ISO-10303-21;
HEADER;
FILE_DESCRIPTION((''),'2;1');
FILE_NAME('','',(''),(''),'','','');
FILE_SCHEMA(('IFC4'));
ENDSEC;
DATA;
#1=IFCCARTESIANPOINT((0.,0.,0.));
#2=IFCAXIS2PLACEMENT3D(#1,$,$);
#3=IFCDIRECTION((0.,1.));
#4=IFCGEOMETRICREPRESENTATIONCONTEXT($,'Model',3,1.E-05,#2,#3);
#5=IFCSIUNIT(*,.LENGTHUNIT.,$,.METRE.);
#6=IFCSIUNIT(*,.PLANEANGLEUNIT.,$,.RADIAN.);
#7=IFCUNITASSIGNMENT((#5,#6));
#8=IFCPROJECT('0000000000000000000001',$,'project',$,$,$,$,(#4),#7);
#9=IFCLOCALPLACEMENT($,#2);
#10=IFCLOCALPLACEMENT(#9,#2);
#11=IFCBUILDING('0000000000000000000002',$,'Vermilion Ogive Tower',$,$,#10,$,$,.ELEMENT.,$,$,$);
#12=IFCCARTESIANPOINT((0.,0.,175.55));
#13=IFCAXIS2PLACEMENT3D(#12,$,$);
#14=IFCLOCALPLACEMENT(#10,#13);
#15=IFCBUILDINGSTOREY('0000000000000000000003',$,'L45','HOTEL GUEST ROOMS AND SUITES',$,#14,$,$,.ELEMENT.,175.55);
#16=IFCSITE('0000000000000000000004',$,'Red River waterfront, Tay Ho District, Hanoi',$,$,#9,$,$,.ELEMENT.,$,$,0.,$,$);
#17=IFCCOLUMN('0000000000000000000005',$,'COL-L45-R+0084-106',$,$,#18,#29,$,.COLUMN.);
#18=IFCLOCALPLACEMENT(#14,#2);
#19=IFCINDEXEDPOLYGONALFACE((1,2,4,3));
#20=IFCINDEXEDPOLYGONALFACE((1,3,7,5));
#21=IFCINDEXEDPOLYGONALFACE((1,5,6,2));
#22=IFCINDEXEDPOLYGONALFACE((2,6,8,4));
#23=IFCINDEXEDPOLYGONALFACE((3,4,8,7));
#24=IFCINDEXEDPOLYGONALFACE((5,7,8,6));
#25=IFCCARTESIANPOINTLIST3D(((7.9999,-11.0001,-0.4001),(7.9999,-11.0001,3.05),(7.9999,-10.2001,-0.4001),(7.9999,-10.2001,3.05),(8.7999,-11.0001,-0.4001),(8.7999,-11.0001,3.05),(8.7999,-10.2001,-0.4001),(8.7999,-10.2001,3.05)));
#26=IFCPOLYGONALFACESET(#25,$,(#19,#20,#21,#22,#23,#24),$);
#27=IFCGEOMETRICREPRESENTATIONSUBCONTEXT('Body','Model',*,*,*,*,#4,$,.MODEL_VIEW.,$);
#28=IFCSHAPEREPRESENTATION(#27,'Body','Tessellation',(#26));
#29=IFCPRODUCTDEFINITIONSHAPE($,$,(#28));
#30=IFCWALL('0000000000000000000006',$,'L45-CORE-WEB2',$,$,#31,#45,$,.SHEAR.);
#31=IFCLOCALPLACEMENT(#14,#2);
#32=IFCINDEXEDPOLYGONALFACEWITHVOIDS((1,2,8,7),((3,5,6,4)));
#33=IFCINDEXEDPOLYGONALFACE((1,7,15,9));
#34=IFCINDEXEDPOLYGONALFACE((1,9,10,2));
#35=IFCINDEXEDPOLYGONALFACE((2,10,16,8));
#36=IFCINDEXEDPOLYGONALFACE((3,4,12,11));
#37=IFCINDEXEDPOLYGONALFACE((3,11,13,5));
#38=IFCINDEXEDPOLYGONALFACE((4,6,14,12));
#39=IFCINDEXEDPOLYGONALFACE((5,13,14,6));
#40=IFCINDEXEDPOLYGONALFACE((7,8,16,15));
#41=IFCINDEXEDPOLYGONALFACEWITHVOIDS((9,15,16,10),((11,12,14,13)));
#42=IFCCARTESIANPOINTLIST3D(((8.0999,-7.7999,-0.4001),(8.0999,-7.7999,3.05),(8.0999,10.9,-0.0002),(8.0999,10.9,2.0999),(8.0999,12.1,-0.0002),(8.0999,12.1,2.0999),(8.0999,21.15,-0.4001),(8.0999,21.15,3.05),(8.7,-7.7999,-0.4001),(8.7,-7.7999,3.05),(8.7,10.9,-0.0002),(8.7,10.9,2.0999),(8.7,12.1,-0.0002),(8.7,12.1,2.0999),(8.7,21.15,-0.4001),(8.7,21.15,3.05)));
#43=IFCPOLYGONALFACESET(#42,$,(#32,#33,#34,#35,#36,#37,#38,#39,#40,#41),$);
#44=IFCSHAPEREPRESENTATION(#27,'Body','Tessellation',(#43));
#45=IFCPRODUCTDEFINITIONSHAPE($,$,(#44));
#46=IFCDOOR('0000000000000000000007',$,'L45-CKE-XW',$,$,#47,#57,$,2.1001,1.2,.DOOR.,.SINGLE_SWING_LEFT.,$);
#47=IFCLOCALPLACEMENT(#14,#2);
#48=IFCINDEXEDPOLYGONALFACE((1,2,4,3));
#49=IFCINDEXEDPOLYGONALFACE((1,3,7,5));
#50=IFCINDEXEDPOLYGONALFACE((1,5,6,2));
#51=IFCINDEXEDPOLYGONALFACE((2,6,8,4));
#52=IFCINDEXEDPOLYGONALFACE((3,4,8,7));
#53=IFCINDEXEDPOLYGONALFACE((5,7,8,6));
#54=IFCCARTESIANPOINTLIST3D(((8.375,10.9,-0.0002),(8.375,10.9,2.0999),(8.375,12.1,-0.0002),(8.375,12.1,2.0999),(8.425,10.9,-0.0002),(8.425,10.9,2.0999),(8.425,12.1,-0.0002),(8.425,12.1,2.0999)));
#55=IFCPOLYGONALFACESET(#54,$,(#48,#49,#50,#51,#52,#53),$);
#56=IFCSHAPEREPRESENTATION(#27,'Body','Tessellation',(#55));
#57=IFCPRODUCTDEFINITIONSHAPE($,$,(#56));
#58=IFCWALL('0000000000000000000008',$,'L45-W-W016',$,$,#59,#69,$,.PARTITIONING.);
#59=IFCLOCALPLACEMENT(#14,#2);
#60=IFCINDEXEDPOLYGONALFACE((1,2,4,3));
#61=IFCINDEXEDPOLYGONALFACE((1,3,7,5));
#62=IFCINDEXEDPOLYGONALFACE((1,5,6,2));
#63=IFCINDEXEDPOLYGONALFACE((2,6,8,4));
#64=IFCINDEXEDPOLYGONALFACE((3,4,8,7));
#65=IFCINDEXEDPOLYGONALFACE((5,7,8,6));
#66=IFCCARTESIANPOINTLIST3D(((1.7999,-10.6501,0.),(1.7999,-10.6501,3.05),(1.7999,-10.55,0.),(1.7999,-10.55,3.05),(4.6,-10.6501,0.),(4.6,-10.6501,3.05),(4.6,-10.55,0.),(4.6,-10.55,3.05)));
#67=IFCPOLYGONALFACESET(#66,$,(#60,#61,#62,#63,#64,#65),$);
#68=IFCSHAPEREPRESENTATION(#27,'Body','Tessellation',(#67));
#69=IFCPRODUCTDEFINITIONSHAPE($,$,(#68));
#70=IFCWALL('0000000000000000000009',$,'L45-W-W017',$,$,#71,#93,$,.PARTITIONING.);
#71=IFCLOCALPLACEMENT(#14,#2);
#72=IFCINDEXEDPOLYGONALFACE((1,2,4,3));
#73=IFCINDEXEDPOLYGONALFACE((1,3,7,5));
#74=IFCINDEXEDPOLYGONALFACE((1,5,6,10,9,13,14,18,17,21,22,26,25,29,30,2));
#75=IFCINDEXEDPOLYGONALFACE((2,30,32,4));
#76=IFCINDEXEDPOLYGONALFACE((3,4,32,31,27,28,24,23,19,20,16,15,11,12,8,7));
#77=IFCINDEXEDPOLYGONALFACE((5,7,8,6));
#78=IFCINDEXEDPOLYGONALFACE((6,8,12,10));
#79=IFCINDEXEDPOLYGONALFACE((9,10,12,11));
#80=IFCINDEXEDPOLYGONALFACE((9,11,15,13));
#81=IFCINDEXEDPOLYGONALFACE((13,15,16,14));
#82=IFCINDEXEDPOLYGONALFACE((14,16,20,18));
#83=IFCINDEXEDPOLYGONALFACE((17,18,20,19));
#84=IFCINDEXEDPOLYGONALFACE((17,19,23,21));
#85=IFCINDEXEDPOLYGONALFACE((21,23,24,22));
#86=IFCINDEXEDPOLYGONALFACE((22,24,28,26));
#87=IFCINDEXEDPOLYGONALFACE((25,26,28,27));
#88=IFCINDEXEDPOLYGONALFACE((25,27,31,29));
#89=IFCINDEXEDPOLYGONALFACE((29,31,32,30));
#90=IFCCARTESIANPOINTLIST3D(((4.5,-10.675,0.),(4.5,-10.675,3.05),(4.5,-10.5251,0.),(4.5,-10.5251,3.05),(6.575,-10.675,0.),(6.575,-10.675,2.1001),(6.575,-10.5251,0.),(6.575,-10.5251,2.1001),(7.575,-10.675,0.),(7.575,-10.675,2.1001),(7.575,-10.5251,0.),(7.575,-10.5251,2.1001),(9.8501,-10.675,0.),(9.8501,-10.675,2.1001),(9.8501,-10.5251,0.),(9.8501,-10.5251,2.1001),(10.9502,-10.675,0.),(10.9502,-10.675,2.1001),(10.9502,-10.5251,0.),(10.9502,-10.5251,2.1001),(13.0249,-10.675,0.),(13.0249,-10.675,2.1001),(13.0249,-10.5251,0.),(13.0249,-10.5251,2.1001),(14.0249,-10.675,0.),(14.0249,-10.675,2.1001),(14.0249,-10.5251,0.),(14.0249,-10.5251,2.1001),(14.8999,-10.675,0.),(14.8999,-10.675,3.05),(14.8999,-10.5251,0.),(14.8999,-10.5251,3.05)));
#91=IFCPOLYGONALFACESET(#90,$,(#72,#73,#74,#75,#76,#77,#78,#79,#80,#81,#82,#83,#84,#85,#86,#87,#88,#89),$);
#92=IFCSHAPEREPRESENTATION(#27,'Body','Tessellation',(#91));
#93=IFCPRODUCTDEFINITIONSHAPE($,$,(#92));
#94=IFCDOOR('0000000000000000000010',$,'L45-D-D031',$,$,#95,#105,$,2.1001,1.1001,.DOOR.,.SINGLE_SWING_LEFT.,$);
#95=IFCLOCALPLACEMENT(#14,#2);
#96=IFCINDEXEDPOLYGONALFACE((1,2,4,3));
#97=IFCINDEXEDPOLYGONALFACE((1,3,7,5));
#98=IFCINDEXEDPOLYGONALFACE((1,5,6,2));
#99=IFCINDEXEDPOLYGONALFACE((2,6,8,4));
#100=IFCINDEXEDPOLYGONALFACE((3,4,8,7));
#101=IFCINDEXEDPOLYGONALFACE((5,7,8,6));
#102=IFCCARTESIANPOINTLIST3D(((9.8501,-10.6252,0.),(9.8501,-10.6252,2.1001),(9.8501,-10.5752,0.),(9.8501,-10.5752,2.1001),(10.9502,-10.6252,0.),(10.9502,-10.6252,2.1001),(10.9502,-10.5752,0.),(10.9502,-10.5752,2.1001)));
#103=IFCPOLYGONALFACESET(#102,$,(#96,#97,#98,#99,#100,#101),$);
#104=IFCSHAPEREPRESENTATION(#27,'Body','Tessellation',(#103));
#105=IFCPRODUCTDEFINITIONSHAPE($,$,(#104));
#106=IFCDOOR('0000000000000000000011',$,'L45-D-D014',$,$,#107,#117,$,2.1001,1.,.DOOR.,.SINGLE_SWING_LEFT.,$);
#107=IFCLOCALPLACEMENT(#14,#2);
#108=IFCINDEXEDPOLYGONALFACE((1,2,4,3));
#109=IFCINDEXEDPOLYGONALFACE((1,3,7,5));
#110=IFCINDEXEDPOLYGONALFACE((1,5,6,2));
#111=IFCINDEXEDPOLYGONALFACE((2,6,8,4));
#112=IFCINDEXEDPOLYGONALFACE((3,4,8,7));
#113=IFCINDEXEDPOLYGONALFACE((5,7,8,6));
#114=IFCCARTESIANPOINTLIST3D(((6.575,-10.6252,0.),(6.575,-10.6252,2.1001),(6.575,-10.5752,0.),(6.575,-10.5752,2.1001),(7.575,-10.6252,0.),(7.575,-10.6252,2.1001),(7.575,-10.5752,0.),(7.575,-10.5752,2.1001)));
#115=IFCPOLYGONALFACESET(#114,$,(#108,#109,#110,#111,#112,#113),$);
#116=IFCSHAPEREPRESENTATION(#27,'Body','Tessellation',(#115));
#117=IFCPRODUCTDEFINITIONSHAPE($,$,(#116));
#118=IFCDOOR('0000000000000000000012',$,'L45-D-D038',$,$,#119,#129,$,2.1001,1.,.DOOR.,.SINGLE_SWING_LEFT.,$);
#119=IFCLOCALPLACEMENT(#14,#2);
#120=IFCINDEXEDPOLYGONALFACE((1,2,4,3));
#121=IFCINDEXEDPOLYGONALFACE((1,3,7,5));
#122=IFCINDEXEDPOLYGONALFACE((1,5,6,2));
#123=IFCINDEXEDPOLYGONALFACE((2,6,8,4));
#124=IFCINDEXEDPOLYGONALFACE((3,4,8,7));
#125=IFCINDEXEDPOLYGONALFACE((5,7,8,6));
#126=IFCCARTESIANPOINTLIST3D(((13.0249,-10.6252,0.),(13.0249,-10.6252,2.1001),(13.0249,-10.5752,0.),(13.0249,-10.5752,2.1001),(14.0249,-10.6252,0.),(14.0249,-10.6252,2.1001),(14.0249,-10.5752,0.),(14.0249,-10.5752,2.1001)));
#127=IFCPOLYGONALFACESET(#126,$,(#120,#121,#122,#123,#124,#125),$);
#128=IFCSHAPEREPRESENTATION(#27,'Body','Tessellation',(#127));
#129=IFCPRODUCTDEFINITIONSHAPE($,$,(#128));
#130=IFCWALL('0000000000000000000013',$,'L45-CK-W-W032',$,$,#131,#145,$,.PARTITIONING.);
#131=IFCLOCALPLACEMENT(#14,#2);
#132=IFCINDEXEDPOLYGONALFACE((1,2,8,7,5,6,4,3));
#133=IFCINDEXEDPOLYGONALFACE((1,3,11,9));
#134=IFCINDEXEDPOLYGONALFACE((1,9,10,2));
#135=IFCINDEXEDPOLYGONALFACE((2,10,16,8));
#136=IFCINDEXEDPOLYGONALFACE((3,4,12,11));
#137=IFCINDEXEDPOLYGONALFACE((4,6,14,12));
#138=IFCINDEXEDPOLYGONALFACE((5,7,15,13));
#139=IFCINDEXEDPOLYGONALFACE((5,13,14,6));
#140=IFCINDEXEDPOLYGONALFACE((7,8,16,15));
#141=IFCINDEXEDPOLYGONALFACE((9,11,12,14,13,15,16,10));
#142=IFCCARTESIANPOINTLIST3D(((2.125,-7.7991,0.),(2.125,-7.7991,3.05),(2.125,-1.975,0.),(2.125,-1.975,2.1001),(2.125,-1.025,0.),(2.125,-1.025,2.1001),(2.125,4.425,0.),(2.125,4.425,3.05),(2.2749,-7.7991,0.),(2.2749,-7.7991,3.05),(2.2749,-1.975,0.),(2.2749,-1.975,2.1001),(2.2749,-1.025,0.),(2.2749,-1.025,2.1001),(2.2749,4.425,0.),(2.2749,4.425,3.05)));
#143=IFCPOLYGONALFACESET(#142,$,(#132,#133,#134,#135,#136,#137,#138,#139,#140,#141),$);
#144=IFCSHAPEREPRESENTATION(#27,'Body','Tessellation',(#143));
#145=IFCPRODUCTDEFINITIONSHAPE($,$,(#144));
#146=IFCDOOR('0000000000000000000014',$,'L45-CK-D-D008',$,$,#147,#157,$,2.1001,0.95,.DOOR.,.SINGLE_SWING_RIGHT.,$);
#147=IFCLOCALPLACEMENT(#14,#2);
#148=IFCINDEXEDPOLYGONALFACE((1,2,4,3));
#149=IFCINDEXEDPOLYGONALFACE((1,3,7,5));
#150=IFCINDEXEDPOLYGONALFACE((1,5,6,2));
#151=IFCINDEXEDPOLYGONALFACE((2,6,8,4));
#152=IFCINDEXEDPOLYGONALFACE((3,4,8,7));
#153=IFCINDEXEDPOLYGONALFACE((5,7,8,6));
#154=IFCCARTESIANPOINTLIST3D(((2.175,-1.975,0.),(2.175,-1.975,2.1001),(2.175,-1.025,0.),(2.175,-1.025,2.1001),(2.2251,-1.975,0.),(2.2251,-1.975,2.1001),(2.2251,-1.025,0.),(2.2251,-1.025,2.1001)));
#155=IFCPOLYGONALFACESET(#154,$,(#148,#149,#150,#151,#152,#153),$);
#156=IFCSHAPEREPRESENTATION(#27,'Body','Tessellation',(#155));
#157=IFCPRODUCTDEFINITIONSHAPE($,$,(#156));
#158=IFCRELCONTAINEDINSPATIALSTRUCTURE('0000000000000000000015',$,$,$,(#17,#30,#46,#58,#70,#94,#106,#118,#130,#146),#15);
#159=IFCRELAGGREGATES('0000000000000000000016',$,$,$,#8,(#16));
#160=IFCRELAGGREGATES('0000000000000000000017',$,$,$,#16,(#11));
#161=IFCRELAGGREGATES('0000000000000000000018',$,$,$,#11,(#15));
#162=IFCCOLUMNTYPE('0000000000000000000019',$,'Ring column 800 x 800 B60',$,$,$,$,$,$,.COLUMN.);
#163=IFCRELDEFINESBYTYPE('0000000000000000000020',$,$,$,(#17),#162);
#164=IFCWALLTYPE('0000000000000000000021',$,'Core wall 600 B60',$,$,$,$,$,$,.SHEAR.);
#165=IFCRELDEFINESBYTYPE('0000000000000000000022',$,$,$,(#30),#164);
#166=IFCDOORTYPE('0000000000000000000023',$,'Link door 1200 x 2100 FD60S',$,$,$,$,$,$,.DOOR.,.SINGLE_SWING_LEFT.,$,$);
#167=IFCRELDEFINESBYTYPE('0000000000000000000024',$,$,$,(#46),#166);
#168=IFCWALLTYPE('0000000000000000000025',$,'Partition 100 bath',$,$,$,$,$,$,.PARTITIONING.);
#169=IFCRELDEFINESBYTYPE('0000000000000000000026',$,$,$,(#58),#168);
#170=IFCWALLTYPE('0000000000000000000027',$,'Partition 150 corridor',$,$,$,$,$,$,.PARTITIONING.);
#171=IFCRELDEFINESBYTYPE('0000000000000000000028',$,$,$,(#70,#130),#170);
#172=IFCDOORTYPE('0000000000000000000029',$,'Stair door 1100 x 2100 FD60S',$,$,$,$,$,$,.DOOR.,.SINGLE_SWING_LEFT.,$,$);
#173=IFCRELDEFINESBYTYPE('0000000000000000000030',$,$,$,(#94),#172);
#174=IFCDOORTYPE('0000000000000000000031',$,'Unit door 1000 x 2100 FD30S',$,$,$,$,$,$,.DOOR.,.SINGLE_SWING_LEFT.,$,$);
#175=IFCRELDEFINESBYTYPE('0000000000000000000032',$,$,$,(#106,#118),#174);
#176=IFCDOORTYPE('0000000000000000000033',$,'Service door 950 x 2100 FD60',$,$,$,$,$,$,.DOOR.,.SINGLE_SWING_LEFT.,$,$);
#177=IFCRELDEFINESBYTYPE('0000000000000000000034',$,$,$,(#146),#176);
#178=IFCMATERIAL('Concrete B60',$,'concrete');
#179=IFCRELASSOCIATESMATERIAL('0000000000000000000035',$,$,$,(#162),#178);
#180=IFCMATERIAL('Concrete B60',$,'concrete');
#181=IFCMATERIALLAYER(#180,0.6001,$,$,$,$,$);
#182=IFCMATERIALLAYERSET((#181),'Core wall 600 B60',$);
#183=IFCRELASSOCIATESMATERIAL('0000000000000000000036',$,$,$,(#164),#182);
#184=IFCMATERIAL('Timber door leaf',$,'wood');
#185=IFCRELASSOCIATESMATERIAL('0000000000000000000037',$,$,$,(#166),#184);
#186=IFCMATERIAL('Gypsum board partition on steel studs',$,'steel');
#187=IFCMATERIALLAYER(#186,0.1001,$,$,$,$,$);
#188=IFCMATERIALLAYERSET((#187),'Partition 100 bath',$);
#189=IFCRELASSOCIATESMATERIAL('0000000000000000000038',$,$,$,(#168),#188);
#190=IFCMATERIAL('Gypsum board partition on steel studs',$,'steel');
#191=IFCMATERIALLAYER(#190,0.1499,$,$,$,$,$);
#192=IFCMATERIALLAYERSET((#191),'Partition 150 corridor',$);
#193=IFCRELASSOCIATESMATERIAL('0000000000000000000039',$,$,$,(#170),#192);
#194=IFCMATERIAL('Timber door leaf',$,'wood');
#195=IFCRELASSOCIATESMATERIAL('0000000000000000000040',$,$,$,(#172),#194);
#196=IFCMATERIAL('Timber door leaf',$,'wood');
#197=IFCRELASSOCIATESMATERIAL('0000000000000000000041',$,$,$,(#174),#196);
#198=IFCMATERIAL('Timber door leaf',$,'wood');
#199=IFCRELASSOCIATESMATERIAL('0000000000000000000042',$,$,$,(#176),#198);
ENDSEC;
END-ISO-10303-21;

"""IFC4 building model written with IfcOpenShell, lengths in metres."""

from ifc_helpers import new_model, si_unit, direction, frame, frame_2d, origin, origin_2d, place, context, subcontext, project, spatial, rectangle, extrude, material, layer, layer_set, material_profile, profile_set, type_object, element, fill, save


model = new_model("IFC4")

# Units and contexts
model_context = context("Model", 3, precision=1e-05, world=origin(), true_north=direction((0.0, 1.0)))
body_context = subcontext(model_context, "Body", "Model", "MODEL_VIEW")
ifc_project = project(units=[si_unit("LENGTHUNIT", "METRE"), si_unit("PLANEANGLEUNIT", "RADIAN")], contexts=[model_context])

# Site, building, storey
site_placement = place(None, origin())
site = spatial("IfcSite", under=ifc_project, at=site_placement, Name="Red River waterfront, Tay Ho District, Hanoi", CompositionType="ELEMENT", RefElevation=0.0)
building_placement = place(site_placement, origin())
building = spatial("IfcBuilding", under=site, at=building_placement, Name="Vermilion Ogive Tower", CompositionType="ELEMENT")
storey_placement = place(building_placement, frame((0.0, 0.0, 175.55)))
storey = spatial("IfcBuildingStorey", under=building, at=storey_placement, Name="L45", Description="HOTEL GUEST ROOMS AND SUITES", CompositionType="ELEMENT", Elevation=175.55)

# Column
ifc_material_1 = material(Name="Concrete B60", Category="concrete")
ifc_material_profile = material_profile(ifc_material_1, rectangle(XDim=0.8, YDim=0.8, at=origin_2d()), Name="800 x 800")
ifc_profile_set = profile_set([ifc_material_profile], Name="Concrete B60")
column_type = type_object("IfcColumnType", Name="Ring column 800 x 800 B60", PredefinedType="COLUMN", material=ifc_profile_set)
column_placement = place(storey_placement, frame((8.3999, -10.6001, -0.4001), z_axis=(0.0, 0.0, 1.0), x_axis=(1.0, 0.0, 0.0)))
element("IfcColumn", 1, at=column_placement, inside=storey, type_object=column_type, Name="COL-L45-R+0084-106", PredefinedType="COLUMN", context=body_context, shape_type="SweptSolid", body=[
    extrude(rectangle(XDim=0.8, YDim=0.8, at=origin_2d()), origin(), (0.0, 0.0, 1.0), 3.4502),
])

# Wall, opening, door
ifc_material_2 = material(Name="Concrete B60", Category="concrete")
ifc_layer_1 = layer(ifc_material_2, 0.6001)
ifc_layer_set_1 = layer_set([ifc_layer_1], Name="Core wall 600 B60")
wall_type_1 = type_object("IfcWallType", Name="Core wall 600 B60", PredefinedType="SHEAR", material=ifc_layer_set_1)
wall_1_placement = place(storey_placement, frame((8.3999, -7.8, -0.4001), z_axis=(0.0, 0.0, 1.0), x_axis=(0.0, 1.0, 0.0)))
wall_1 = element("IfcWall", 2, at=wall_1_placement, inside=storey, type_object=wall_type_1, Name="L45-CORE-WEB2", PredefinedType="SHEAR", context=body_context, shape_type="SweptSolid", body=[
    extrude(rectangle(XDim=28.95, YDim=0.6001, at=frame_2d((14.4751, 0.0))), origin(), (0.0, 0.0, 1.0), 3.4502),
])
opening_1_placement = place(wall_1_placement, frame((18.7, 0.0, 0.3999)))
opening_1 = element("IfcOpeningElement", 3, at=opening_1_placement, cuts=wall_1, PredefinedType="OPENING", context=body_context, shape_type="SweptSolid", body=[
    extrude(rectangle(XDim=1.2, YDim=2.1001, at=frame_2d((0.6001, 1.05))), frame((0.0, 0.3101, 0.0), z_axis=(0.0, -1.0, 0.0), x_axis=(1.0, 0.0, 0.0)), (0.0, 0.0, 1.0), 0.6201),
])
ifc_material_3 = material(Name="Timber door leaf", Category="wood")
door_type_1 = type_object("IfcDoorType", Name="Link door 1200 x 2100 FD60S", OperationType="SINGLE_SWING_LEFT", PredefinedType="DOOR", material=ifc_material_3)
door_1_placement = place(opening_1_placement, origin())
door_1 = element("IfcDoor", 4, at=door_1_placement, inside=storey, type_object=door_type_1, Name="L45-CKE-XW", OperationType="SINGLE_SWING_LEFT", OverallHeight=2.1001, OverallWidth=1.2, PredefinedType="DOOR", context=body_context, shape_type="SweptSolid", body=[
    extrude(rectangle(XDim=1.2, YDim=2.1001, at=frame_2d((0.6001, 1.05))), frame((0.0, 0.0249, 0.0), z_axis=(0.0, -1.0, 0.0), x_axis=(1.0, 0.0, 0.0)), (0.0, 0.0, 1.0), 0.05),
])
fill(opening_1, door_1)

# Wall
ifc_material_4 = material(Name="Gypsum board partition on steel studs", Category="steel")
ifc_layer_2 = layer(ifc_material_4, 0.1001)
ifc_layer_set_2 = layer_set([ifc_layer_2], Name="Partition 100 bath")
wall_type_2 = type_object("IfcWallType", Name="Partition 100 bath", PredefinedType="PARTITIONING", material=ifc_layer_set_2)
wall_2_placement = place(storey_placement, frame((1.8, -10.6001, 0.0), z_axis=(0.0, 0.0, 1.0), x_axis=(1.0, 0.0, 0.0)))
element("IfcWall", 5, at=wall_2_placement, inside=storey, type_object=wall_type_2, Name="L45-W-W016", PredefinedType="PARTITIONING", context=body_context, shape_type="SweptSolid", body=[
    extrude(rectangle(XDim=2.8, YDim=0.1001, at=frame_2d((1.3999, 0.0))), origin(), (0.0, 0.0, 1.0), 3.05),
])

# Wall, openings, doors
ifc_material_5 = material(Name="Gypsum board partition on steel studs", Category="steel")
ifc_layer_3 = layer(ifc_material_5, 0.1499)
ifc_layer_set_3 = layer_set([ifc_layer_3], Name="Partition 150 corridor")
wall_type_3 = type_object("IfcWallType", Name="Partition 150 corridor", PredefinedType="PARTITIONING", material=ifc_layer_set_3)
wall_3_placement = place(storey_placement, frame((4.5, -10.6001, 0.0), z_axis=(0.0, 0.0, 1.0), x_axis=(1.0, 0.0, 0.0)))
wall_3 = element("IfcWall", 6, at=wall_3_placement, inside=storey, type_object=wall_type_3, Name="L45-W-W017", PredefinedType="PARTITIONING", context=body_context, shape_type="SweptSolid", body=[
    extrude(rectangle(XDim=10.3999, YDim=0.1499, at=frame_2d((5.2, 0.0))), origin(), (0.0, 0.0, 1.0), 3.05),
])
opening_2_placement = place(wall_3_placement, frame((2.075, 0.0, 0.0)))
opening_2 = element("IfcOpeningElement", 7, at=opening_2_placement, cuts=wall_3, PredefinedType="OPENING", context=body_context, shape_type="SweptSolid", body=[
    extrude(rectangle(XDim=1.0, YDim=2.1001, at=frame_2d((0.5, 1.05))), frame((0.0, 0.085, 0.0), z_axis=(0.0, -1.0, 0.0), x_axis=(1.0, 0.0, 0.0)), (0.0, 0.0, 1.0), 0.1699),
])
opening_3_placement = place(wall_3_placement, frame((5.3501, 0.0, 0.0)))
opening_3 = element("IfcOpeningElement", 8, at=opening_3_placement, cuts=wall_3, PredefinedType="OPENING", context=body_context, shape_type="SweptSolid", body=[
    extrude(rectangle(XDim=1.1001, YDim=2.1001, at=frame_2d((0.55, 1.05))), frame((0.0, 0.085, 0.0), z_axis=(0.0, -1.0, 0.0), x_axis=(1.0, 0.0, 0.0)), (0.0, 0.0, 1.0), 0.1699),
])
opening_4_placement = place(wall_3_placement, frame((8.5249, 0.0, 0.0)))
opening_4 = element("IfcOpeningElement", 9, at=opening_4_placement, cuts=wall_3, PredefinedType="OPENING", context=body_context, shape_type="SweptSolid", body=[
    extrude(rectangle(XDim=1.0, YDim=2.1001, at=frame_2d((0.5, 1.05))), frame((0.0, 0.085, 0.0), z_axis=(0.0, -1.0, 0.0), x_axis=(1.0, 0.0, 0.0)), (0.0, 0.0, 1.0), 0.1699),
])
ifc_material_6 = material(Name="Timber door leaf", Category="wood")
door_type_2 = type_object("IfcDoorType", Name="Stair door 1100 x 2100 FD60S", OperationType="SINGLE_SWING_LEFT", PredefinedType="DOOR", material=ifc_material_6)
door_2_placement = place(opening_3_placement, origin())
door_2 = element("IfcDoor", 10, at=door_2_placement, inside=storey, type_object=door_type_2, Name="L45-D-D031", OperationType="SINGLE_SWING_LEFT", OverallHeight=2.1001, OverallWidth=1.1001, PredefinedType="DOOR", context=body_context, shape_type="SweptSolid", body=[
    extrude(rectangle(XDim=1.1001, YDim=2.1001, at=frame_2d((0.55, 1.05))), frame((0.0, 0.0249, 0.0), z_axis=(0.0, -1.0, 0.0), x_axis=(1.0, 0.0, 0.0)), (0.0, 0.0, 1.0), 0.05),
])
fill(opening_3, door_2)
ifc_material_7 = material(Name="Timber door leaf", Category="wood")
door_type_3 = type_object("IfcDoorType", Name="Unit door 1000 x 2100 FD30S", OperationType="SINGLE_SWING_LEFT", PredefinedType="DOOR", material=ifc_material_7)
door_3_placement = place(opening_2_placement, origin())
door_3 = element("IfcDoor", 11, at=door_3_placement, inside=storey, type_object=door_type_3, Name="L45-D-D014", OperationType="SINGLE_SWING_LEFT", OverallHeight=2.1001, OverallWidth=1.0, PredefinedType="DOOR", context=body_context, shape_type="SweptSolid", body=[
    extrude(rectangle(XDim=1.0, YDim=2.1001, at=frame_2d((0.5, 1.05))), frame((0.0, 0.0249, 0.0), z_axis=(0.0, -1.0, 0.0), x_axis=(1.0, 0.0, 0.0)), (0.0, 0.0, 1.0), 0.05),
])
fill(opening_2, door_3)
door_4_placement = place(opening_4_placement, origin())
door_4 = element("IfcDoor", 12, at=door_4_placement, inside=storey, type_object=door_type_3, Name="L45-D-D038", OperationType="SINGLE_SWING_LEFT", OverallHeight=2.1001, OverallWidth=1.0, PredefinedType="DOOR", context=body_context, shape_type="SweptSolid", body=[
    extrude(rectangle(XDim=1.0, YDim=2.1001, at=frame_2d((0.5, 1.05))), frame((0.0, 0.0249, 0.0), z_axis=(0.0, -1.0, 0.0), x_axis=(1.0, 0.0, 0.0)), (0.0, 0.0, 1.0), 0.05),
])
fill(opening_4, door_4)

# Wall, opening, door
wall_4_placement = place(storey_placement, frame((2.2, -7.7991, 0.0), z_axis=(0.0, 0.0, 1.0), x_axis=(0.0, 1.0, 0.0)))
wall_4 = element("IfcWall", 13, at=wall_4_placement, inside=storey, type_object=wall_type_3, Name="L45-CK-W-W032", PredefinedType="PARTITIONING", context=body_context, shape_type="SweptSolid", body=[
    extrude(rectangle(XDim=12.2241, YDim=0.1499, at=frame_2d((6.1121, 0.0))), origin(), (0.0, 0.0, 1.0), 3.05),
])
opening_5_placement = place(wall_4_placement, frame((5.824, 0.0, 0.0)))
opening_5 = element("IfcOpeningElement", 14, at=opening_5_placement, cuts=wall_4, PredefinedType="OPENING", context=body_context, shape_type="SweptSolid", body=[
    extrude(rectangle(XDim=0.95, YDim=2.1001, at=frame_2d((0.4751, 1.05))), frame((0.0, 0.085, 0.0), z_axis=(0.0, -1.0, 0.0), x_axis=(1.0, 0.0, 0.0)), (0.0, 0.0, 1.0), 0.1699),
])
ifc_material_8 = material(Name="Timber door leaf", Category="wood")
door_type_4 = type_object("IfcDoorType", Name="Service door 950 x 2100 FD60", OperationType="SINGLE_SWING_LEFT", PredefinedType="DOOR", material=ifc_material_8)
door_5_placement = place(opening_5_placement, origin())
door_5 = element("IfcDoor", 15, at=door_5_placement, inside=storey, type_object=door_type_4, Name="L45-CK-D-D008", OperationType="SINGLE_SWING_RIGHT", OverallHeight=2.1001, OverallWidth=0.95, PredefinedType="DOOR", context=body_context, shape_type="SweptSolid", body=[
    extrude(rectangle(XDim=0.95, YDim=2.1001, at=frame_2d((0.4751, 1.05))), frame((0.0, 0.0249, 0.0), z_axis=(0.0, -1.0, 0.0), x_axis=(1.0, 0.0, 0.0)), (0.0, 0.0, 1.0), 0.05),
])
fill(opening_5, door_5)

save(model, "model.ifc")
